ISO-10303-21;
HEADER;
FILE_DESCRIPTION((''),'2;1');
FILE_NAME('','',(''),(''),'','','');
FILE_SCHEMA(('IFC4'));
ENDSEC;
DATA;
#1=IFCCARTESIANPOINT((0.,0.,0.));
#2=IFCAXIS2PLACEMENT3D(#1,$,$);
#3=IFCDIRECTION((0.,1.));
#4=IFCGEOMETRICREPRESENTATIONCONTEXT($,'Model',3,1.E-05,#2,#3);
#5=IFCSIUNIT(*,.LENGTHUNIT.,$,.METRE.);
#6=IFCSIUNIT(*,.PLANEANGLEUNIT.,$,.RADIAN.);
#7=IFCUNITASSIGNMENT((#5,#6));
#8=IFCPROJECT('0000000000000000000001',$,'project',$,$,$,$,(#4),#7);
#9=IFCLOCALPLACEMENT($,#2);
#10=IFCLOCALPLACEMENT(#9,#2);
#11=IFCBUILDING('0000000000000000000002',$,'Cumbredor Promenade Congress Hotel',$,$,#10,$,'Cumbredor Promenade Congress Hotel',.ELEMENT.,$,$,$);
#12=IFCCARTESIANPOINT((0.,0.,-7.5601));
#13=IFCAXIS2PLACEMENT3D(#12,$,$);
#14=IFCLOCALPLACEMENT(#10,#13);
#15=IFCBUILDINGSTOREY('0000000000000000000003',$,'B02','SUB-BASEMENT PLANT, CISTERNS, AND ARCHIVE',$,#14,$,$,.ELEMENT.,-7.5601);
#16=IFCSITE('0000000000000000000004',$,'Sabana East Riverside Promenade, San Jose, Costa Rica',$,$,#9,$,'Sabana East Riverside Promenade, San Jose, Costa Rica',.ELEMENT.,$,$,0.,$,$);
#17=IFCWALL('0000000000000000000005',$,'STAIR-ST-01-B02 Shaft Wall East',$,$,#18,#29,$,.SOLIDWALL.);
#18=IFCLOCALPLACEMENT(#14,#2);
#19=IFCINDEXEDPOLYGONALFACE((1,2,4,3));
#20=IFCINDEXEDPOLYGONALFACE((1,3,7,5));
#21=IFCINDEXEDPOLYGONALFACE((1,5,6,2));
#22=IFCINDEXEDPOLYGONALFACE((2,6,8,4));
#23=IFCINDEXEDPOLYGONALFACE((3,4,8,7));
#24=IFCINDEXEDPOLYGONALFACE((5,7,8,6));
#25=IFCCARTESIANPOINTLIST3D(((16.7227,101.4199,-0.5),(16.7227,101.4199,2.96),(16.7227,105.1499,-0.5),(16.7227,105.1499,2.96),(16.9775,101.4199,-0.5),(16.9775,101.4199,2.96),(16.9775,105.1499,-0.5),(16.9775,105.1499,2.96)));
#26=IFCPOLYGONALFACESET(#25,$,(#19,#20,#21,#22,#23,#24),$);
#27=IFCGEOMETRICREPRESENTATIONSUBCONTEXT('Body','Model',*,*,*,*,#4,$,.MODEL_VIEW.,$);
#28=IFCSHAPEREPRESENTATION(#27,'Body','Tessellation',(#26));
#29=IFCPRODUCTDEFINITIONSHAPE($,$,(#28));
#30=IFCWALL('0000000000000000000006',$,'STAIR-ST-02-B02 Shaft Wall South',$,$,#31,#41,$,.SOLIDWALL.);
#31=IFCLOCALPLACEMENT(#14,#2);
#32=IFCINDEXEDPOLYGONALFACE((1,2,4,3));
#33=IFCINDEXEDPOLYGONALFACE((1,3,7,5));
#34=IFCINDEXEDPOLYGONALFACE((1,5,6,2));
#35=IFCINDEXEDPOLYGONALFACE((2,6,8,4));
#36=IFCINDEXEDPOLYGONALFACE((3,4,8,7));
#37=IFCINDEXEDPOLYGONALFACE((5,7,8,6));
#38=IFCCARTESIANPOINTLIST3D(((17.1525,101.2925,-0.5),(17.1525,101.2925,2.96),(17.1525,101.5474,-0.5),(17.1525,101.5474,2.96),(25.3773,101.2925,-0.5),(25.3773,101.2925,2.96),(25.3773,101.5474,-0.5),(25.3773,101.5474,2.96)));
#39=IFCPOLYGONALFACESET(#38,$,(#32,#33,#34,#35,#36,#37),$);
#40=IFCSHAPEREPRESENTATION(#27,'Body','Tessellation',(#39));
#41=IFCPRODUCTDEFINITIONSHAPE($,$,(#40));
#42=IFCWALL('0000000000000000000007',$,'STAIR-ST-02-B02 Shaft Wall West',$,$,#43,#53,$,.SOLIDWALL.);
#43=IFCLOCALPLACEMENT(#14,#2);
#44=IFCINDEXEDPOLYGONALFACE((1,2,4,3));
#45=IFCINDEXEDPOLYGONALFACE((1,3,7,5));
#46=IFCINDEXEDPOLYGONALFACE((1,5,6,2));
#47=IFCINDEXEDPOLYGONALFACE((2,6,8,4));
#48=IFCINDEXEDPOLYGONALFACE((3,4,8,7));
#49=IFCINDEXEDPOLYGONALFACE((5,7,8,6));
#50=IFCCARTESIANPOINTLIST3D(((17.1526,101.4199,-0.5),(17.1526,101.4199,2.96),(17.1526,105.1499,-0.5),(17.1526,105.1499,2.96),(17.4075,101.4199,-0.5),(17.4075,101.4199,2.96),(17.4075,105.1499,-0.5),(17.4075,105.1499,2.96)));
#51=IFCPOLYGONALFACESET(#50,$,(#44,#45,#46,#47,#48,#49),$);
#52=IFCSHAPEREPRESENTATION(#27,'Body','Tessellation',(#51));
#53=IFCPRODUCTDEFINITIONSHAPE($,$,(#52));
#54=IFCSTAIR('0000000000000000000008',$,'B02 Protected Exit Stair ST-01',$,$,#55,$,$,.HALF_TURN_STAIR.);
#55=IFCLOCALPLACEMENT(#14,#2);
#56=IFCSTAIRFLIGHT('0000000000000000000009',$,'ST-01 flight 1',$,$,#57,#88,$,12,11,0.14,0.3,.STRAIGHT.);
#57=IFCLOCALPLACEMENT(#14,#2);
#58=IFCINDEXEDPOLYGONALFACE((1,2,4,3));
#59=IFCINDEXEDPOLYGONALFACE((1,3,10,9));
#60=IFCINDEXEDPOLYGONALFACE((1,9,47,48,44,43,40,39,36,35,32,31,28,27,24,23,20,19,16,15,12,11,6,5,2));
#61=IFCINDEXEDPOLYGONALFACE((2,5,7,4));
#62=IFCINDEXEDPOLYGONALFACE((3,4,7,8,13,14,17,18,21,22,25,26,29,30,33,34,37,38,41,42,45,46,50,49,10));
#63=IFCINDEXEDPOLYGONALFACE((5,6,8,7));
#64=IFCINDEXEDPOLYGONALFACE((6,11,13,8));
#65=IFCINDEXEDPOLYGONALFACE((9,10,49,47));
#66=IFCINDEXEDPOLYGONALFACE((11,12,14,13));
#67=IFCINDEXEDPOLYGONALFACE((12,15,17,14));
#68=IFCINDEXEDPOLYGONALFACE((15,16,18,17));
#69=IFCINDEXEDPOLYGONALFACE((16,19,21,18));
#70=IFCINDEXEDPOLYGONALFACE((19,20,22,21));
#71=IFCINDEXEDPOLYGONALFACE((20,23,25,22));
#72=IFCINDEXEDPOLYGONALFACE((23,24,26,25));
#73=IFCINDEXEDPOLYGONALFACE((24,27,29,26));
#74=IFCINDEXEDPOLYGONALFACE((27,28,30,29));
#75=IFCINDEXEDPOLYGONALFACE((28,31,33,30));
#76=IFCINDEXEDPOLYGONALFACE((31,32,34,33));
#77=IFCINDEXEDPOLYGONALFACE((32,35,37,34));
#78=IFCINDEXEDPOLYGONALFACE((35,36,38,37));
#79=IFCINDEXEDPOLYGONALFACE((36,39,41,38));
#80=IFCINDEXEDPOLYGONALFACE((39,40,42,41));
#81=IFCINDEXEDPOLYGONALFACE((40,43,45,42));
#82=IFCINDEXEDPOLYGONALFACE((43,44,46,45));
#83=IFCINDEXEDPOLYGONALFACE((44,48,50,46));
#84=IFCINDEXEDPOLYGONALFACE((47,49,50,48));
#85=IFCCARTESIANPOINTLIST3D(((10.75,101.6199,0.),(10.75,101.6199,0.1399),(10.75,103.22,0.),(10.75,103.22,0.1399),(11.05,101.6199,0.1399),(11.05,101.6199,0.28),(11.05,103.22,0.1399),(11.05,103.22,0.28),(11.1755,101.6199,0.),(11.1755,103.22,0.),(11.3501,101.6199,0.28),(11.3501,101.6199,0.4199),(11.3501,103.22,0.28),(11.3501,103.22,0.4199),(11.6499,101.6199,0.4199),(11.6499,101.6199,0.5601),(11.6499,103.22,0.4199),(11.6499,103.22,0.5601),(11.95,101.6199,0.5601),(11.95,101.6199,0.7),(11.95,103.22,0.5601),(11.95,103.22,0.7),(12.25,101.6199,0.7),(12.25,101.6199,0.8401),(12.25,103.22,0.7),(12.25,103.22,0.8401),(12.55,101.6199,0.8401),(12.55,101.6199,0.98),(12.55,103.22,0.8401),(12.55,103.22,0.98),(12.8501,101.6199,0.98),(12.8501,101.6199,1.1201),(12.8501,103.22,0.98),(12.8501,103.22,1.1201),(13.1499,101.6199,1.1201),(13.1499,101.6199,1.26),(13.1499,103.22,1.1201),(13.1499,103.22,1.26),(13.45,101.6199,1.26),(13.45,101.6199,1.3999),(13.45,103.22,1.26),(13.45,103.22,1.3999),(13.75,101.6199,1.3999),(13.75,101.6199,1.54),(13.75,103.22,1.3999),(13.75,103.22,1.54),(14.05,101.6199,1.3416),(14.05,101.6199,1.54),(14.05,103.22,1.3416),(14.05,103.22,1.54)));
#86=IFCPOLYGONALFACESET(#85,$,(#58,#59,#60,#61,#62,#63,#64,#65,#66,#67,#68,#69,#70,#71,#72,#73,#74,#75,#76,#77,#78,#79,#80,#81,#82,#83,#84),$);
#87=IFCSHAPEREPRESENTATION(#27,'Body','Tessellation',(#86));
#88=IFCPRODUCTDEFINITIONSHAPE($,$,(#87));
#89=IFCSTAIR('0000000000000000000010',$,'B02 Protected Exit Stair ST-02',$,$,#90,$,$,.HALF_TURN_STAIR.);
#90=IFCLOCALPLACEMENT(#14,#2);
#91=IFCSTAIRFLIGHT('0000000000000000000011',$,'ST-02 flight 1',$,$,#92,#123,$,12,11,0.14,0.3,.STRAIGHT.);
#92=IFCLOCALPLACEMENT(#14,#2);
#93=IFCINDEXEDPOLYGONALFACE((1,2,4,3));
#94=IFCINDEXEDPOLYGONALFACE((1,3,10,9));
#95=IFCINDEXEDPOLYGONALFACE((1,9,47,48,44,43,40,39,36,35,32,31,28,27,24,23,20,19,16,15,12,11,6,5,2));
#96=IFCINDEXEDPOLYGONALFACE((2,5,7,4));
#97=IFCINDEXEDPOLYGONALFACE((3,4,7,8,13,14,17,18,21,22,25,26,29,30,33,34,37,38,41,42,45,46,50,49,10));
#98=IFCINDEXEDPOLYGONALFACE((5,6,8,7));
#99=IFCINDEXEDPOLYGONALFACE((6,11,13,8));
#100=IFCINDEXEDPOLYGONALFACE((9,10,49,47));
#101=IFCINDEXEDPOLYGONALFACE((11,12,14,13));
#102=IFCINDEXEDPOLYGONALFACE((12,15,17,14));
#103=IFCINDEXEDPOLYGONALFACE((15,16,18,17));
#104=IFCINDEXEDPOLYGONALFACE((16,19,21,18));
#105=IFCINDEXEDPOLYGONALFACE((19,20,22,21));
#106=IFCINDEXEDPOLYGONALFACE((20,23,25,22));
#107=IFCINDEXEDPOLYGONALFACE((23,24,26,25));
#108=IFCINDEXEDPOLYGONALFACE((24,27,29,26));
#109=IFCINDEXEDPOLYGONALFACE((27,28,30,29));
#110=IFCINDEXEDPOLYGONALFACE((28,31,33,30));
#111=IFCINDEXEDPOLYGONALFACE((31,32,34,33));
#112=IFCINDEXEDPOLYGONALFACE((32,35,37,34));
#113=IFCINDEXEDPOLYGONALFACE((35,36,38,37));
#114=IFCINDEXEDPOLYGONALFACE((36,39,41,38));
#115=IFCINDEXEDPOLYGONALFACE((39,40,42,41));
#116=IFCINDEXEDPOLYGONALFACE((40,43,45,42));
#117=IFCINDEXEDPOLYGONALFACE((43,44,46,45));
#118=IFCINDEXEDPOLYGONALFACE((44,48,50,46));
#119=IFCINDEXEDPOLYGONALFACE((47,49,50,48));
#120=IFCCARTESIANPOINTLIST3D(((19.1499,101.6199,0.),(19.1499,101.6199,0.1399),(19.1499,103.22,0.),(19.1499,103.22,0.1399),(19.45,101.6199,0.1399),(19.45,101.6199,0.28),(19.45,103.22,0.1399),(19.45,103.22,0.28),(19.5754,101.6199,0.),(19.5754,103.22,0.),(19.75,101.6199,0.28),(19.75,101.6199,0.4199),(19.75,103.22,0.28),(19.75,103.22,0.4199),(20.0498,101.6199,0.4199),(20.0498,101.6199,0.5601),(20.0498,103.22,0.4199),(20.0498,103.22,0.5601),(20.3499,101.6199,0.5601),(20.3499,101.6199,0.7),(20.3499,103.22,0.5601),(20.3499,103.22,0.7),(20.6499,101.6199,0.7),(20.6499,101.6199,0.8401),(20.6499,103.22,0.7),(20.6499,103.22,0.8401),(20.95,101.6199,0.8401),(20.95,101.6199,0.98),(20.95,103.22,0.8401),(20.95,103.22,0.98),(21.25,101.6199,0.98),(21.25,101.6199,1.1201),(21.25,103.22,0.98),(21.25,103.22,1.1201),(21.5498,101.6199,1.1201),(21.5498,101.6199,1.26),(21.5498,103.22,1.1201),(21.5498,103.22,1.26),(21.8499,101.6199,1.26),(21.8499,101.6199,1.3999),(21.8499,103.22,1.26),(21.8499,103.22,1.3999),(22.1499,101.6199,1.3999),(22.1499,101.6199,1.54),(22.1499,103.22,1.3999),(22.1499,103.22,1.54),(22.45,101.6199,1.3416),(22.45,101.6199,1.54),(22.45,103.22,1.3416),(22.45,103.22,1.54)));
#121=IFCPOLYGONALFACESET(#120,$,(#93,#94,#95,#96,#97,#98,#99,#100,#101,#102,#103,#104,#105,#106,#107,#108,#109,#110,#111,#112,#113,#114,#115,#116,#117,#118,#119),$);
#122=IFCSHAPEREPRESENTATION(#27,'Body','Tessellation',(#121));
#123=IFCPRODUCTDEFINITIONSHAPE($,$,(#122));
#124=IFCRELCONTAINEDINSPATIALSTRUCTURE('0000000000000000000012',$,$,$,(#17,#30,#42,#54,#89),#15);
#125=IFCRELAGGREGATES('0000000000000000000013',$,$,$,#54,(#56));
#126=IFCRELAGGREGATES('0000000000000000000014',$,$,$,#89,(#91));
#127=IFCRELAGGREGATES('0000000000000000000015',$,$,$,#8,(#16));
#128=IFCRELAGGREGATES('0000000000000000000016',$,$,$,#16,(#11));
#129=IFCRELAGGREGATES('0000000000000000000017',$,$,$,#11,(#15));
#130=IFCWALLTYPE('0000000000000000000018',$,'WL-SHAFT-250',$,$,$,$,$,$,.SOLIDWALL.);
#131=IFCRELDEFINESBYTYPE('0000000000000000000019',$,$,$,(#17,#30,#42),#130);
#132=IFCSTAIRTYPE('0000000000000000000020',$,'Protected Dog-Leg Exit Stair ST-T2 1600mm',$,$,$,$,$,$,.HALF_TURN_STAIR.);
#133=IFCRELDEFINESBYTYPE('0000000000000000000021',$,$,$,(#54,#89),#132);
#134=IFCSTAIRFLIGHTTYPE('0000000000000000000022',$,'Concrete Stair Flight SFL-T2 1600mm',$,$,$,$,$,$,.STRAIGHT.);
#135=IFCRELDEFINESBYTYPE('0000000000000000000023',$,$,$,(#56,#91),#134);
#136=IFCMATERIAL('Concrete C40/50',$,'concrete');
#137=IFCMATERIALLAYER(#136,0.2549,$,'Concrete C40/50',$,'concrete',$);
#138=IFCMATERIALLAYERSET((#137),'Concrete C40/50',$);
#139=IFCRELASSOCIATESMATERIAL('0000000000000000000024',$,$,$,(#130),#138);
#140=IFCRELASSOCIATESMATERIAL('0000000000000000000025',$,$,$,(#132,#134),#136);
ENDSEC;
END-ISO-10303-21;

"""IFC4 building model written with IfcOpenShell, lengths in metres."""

from ifc_helpers import new_model, si_unit, direction, frame, frame_2d, origin, place, context, subcontext, project, spatial, polyline, rectangle, outline, extrude, material, layer, layer_set, type_object, element, aggregate, save


model = new_model("IFC4")

# Units and contexts
model_context = context("Model", 3, precision=1e-05, world=origin(), true_north=direction((0.0, 1.0)))
body_context = subcontext(model_context, "Body", "Model", "MODEL_VIEW")
ifc_project = project(units=[si_unit("LENGTHUNIT", "METRE"), si_unit("PLANEANGLEUNIT", "RADIAN")], contexts=[model_context])

# Site, building, storey
site_placement = place(None, origin())
site = spatial("IfcSite", under=ifc_project, at=site_placement, Name="Sabana East Riverside Promenade, San Jose, Costa Rica", LongName="Sabana East Riverside Promenade, San Jose, Costa Rica", CompositionType="ELEMENT", RefElevation=0.0)
building_placement = place(site_placement, origin())
building = spatial("IfcBuilding", under=site, at=building_placement, Name="Cumbredor Promenade Congress Hotel", LongName="Cumbredor Promenade Congress Hotel", CompositionType="ELEMENT")
storey_placement = place(building_placement, frame((0.0, 0.0, -7.5601)))
storey = spatial("IfcBuildingStorey", under=building, at=storey_placement, Name="B02", Description="SUB-BASEMENT PLANT, CISTERNS, AND ARCHIVE", CompositionType="ELEMENT", Elevation=-7.5601)

# Shared definitions
ifc_material_1 = material(Name="Concrete C40/50", Category="concrete")

# Walls
ifc_layer = layer(ifc_material_1, 0.2549, Name="Concrete C40/50", Category="concrete")
ifc_layer_set = layer_set([ifc_layer], Name="Concrete C40/50")
wall_type = type_object("IfcWallType", Name="WL-SHAFT-250", PredefinedType="SOLIDWALL", material=ifc_layer_set)
wall_1_placement = place(storey_placement, frame((16.8501, 101.4199, -0.5), z_axis=(0.0, 0.0, 1.0), x_axis=(0.0, 1.0, 0.0)))
element("IfcWall", 1, at=wall_1_placement, inside=storey, type_object=wall_type, Name="STAIR-ST-01-B02 Shaft Wall East", PredefinedType="SOLIDWALL", context=body_context, shape_type="SweptSolid", body=[
    extrude(rectangle(XDim=3.73, YDim=0.2549, at=frame_2d((1.865, 0.0))), origin(), (0.0, 0.0, 1.0), 3.46),
])
wall_2_placement = place(storey_placement, frame((17.1526, 101.4199, -0.5), z_axis=(0.0, 0.0, 1.0), x_axis=(1.0, 0.0, 0.0)))
element("IfcWall", 2, at=wall_2_placement, inside=storey, type_object=wall_type, Name="STAIR-ST-02-B02 Shaft Wall South", PredefinedType="SOLIDWALL", context=body_context, shape_type="SweptSolid", body=[
    extrude(rectangle(XDim=8.2249, YDim=0.2549, at=frame_2d((4.1123, 0.0))), origin(), (0.0, 0.0, 1.0), 3.46),
])
wall_3_placement = place(storey_placement, frame((17.28, 101.4199, -0.5), z_axis=(0.0, 0.0, 1.0), x_axis=(0.0, 1.0, 0.0)))
element("IfcWall", 3, at=wall_3_placement, inside=storey, type_object=wall_type, Name="STAIR-ST-02-B02 Shaft Wall West", PredefinedType="SOLIDWALL", context=body_context, shape_type="SweptSolid", body=[
    extrude(rectangle(XDim=3.73, YDim=0.2549, at=frame_2d((1.865, 0.0))), origin(), (0.0, 0.0, 1.0), 3.46),
])

# Stairs, stair flights
stair_type = type_object("IfcStairType", Name="Protected Dog-Leg Exit Stair ST-T2 1600mm", PredefinedType="HALF_TURN_STAIR", material=ifc_material_1)
stair_1_placement = place(storey_placement, origin())
stair_1 = element("IfcStair", 4, at=stair_1_placement, inside=storey, type_object=stair_type, Name="B02 Protected Exit Stair ST-01", PredefinedType="HALF_TURN_STAIR")
stair_flight_type = type_object("IfcStairFlightType", Name="Concrete Stair Flight SFL-T2 1600mm", PredefinedType="STRAIGHT", material=ifc_material_1)
stair_flight_1_placement = place(storey_placement, frame((10.75, 102.4199, 0.0), z_axis=(0.0, 0.0, 1.0), x_axis=(1.0, 0.0, 0.0)))
stair_flight_1 = element("IfcStairFlight", 5, at=stair_flight_1_placement, type_object=stair_flight_type, Name="ST-01 flight 1", NumberOfRisers=12, NumberOfTreads=11, PredefinedType="STRAIGHT", RiserHeight=0.14, TreadLength=0.3, context=body_context, shape_type="SweptSolid", body=[
    extrude(outline(polyline([(0.0, 0.0), (0.0, 0.1399), (0.3, 0.1399), (0.3, 0.28), (0.6001, 0.28), (0.6001, 0.4199), (0.8999, 0.4199), (0.8999, 0.5601), (1.2, 0.5601), (1.2, 0.7), (1.5, 0.7), (1.5, 0.8401), (1.8, 0.8401), (1.8, 0.98), (2.1001, 0.98), (2.1001, 1.1201), (2.3999, 1.1201), (2.3999, 1.26), (2.7, 1.26), (2.7, 1.3999), (3.0, 1.3999), (3.0, 1.54), (3.3, 1.54), (3.3, 1.6799), (3.3, 1.3416), (0.4255, 0.0), (0.0, 0.0)])), frame((0.0, 0.8, 0.0), z_axis=(0.0, -1.0, 0.0), x_axis=(1.0, 0.0, 0.0)), (0.0, 0.0, 1.0), 1.6001),
])
aggregate(stair_1, [stair_flight_1])
stair_2_placement = place(storey_placement, origin())
stair_2 = element("IfcStair", 6, at=stair_2_placement, inside=storey, type_object=stair_type, Name="B02 Protected Exit Stair ST-02", PredefinedType="HALF_TURN_STAIR")
stair_flight_2_placement = place(storey_placement, frame((19.1499, 102.4199, 0.0), z_axis=(0.0, 0.0, 1.0), x_axis=(1.0, 0.0, 0.0)))
stair_flight_2 = element("IfcStairFlight", 7, at=stair_flight_2_placement, type_object=stair_flight_type, Name="ST-02 flight 1", NumberOfRisers=12, NumberOfTreads=11, PredefinedType="STRAIGHT", RiserHeight=0.14, TreadLength=0.3, context=body_context, shape_type="SweptSolid", body=[
    extrude(outline(polyline([(0.0, 0.0), (0.0, 0.1399), (0.3, 0.1399), (0.3, 0.28), (0.6001, 0.28), (0.6001, 0.4199), (0.8999, 0.4199), (0.8999, 0.5601), (1.2, 0.5601), (1.2, 0.7), (1.5, 0.7), (1.5, 0.8401), (1.8, 0.8401), (1.8, 0.98), (2.1001, 0.98), (2.1001, 1.1201), (2.3999, 1.1201), (2.3999, 1.26), (2.7, 1.26), (2.7, 1.3999), (3.0, 1.3999), (3.0, 1.54), (3.3, 1.54), (3.3, 1.6799), (3.3, 1.3416), (0.4255, 0.0), (0.0, 0.0)])), frame((0.0, 0.8, 0.0), z_axis=(0.0, -1.0, 0.0), x_axis=(1.0, 0.0, 0.0)), (0.0, 0.0, 1.0), 1.6001),
])
aggregate(stair_2, [stair_flight_2])

save(model, "model.ifc")
